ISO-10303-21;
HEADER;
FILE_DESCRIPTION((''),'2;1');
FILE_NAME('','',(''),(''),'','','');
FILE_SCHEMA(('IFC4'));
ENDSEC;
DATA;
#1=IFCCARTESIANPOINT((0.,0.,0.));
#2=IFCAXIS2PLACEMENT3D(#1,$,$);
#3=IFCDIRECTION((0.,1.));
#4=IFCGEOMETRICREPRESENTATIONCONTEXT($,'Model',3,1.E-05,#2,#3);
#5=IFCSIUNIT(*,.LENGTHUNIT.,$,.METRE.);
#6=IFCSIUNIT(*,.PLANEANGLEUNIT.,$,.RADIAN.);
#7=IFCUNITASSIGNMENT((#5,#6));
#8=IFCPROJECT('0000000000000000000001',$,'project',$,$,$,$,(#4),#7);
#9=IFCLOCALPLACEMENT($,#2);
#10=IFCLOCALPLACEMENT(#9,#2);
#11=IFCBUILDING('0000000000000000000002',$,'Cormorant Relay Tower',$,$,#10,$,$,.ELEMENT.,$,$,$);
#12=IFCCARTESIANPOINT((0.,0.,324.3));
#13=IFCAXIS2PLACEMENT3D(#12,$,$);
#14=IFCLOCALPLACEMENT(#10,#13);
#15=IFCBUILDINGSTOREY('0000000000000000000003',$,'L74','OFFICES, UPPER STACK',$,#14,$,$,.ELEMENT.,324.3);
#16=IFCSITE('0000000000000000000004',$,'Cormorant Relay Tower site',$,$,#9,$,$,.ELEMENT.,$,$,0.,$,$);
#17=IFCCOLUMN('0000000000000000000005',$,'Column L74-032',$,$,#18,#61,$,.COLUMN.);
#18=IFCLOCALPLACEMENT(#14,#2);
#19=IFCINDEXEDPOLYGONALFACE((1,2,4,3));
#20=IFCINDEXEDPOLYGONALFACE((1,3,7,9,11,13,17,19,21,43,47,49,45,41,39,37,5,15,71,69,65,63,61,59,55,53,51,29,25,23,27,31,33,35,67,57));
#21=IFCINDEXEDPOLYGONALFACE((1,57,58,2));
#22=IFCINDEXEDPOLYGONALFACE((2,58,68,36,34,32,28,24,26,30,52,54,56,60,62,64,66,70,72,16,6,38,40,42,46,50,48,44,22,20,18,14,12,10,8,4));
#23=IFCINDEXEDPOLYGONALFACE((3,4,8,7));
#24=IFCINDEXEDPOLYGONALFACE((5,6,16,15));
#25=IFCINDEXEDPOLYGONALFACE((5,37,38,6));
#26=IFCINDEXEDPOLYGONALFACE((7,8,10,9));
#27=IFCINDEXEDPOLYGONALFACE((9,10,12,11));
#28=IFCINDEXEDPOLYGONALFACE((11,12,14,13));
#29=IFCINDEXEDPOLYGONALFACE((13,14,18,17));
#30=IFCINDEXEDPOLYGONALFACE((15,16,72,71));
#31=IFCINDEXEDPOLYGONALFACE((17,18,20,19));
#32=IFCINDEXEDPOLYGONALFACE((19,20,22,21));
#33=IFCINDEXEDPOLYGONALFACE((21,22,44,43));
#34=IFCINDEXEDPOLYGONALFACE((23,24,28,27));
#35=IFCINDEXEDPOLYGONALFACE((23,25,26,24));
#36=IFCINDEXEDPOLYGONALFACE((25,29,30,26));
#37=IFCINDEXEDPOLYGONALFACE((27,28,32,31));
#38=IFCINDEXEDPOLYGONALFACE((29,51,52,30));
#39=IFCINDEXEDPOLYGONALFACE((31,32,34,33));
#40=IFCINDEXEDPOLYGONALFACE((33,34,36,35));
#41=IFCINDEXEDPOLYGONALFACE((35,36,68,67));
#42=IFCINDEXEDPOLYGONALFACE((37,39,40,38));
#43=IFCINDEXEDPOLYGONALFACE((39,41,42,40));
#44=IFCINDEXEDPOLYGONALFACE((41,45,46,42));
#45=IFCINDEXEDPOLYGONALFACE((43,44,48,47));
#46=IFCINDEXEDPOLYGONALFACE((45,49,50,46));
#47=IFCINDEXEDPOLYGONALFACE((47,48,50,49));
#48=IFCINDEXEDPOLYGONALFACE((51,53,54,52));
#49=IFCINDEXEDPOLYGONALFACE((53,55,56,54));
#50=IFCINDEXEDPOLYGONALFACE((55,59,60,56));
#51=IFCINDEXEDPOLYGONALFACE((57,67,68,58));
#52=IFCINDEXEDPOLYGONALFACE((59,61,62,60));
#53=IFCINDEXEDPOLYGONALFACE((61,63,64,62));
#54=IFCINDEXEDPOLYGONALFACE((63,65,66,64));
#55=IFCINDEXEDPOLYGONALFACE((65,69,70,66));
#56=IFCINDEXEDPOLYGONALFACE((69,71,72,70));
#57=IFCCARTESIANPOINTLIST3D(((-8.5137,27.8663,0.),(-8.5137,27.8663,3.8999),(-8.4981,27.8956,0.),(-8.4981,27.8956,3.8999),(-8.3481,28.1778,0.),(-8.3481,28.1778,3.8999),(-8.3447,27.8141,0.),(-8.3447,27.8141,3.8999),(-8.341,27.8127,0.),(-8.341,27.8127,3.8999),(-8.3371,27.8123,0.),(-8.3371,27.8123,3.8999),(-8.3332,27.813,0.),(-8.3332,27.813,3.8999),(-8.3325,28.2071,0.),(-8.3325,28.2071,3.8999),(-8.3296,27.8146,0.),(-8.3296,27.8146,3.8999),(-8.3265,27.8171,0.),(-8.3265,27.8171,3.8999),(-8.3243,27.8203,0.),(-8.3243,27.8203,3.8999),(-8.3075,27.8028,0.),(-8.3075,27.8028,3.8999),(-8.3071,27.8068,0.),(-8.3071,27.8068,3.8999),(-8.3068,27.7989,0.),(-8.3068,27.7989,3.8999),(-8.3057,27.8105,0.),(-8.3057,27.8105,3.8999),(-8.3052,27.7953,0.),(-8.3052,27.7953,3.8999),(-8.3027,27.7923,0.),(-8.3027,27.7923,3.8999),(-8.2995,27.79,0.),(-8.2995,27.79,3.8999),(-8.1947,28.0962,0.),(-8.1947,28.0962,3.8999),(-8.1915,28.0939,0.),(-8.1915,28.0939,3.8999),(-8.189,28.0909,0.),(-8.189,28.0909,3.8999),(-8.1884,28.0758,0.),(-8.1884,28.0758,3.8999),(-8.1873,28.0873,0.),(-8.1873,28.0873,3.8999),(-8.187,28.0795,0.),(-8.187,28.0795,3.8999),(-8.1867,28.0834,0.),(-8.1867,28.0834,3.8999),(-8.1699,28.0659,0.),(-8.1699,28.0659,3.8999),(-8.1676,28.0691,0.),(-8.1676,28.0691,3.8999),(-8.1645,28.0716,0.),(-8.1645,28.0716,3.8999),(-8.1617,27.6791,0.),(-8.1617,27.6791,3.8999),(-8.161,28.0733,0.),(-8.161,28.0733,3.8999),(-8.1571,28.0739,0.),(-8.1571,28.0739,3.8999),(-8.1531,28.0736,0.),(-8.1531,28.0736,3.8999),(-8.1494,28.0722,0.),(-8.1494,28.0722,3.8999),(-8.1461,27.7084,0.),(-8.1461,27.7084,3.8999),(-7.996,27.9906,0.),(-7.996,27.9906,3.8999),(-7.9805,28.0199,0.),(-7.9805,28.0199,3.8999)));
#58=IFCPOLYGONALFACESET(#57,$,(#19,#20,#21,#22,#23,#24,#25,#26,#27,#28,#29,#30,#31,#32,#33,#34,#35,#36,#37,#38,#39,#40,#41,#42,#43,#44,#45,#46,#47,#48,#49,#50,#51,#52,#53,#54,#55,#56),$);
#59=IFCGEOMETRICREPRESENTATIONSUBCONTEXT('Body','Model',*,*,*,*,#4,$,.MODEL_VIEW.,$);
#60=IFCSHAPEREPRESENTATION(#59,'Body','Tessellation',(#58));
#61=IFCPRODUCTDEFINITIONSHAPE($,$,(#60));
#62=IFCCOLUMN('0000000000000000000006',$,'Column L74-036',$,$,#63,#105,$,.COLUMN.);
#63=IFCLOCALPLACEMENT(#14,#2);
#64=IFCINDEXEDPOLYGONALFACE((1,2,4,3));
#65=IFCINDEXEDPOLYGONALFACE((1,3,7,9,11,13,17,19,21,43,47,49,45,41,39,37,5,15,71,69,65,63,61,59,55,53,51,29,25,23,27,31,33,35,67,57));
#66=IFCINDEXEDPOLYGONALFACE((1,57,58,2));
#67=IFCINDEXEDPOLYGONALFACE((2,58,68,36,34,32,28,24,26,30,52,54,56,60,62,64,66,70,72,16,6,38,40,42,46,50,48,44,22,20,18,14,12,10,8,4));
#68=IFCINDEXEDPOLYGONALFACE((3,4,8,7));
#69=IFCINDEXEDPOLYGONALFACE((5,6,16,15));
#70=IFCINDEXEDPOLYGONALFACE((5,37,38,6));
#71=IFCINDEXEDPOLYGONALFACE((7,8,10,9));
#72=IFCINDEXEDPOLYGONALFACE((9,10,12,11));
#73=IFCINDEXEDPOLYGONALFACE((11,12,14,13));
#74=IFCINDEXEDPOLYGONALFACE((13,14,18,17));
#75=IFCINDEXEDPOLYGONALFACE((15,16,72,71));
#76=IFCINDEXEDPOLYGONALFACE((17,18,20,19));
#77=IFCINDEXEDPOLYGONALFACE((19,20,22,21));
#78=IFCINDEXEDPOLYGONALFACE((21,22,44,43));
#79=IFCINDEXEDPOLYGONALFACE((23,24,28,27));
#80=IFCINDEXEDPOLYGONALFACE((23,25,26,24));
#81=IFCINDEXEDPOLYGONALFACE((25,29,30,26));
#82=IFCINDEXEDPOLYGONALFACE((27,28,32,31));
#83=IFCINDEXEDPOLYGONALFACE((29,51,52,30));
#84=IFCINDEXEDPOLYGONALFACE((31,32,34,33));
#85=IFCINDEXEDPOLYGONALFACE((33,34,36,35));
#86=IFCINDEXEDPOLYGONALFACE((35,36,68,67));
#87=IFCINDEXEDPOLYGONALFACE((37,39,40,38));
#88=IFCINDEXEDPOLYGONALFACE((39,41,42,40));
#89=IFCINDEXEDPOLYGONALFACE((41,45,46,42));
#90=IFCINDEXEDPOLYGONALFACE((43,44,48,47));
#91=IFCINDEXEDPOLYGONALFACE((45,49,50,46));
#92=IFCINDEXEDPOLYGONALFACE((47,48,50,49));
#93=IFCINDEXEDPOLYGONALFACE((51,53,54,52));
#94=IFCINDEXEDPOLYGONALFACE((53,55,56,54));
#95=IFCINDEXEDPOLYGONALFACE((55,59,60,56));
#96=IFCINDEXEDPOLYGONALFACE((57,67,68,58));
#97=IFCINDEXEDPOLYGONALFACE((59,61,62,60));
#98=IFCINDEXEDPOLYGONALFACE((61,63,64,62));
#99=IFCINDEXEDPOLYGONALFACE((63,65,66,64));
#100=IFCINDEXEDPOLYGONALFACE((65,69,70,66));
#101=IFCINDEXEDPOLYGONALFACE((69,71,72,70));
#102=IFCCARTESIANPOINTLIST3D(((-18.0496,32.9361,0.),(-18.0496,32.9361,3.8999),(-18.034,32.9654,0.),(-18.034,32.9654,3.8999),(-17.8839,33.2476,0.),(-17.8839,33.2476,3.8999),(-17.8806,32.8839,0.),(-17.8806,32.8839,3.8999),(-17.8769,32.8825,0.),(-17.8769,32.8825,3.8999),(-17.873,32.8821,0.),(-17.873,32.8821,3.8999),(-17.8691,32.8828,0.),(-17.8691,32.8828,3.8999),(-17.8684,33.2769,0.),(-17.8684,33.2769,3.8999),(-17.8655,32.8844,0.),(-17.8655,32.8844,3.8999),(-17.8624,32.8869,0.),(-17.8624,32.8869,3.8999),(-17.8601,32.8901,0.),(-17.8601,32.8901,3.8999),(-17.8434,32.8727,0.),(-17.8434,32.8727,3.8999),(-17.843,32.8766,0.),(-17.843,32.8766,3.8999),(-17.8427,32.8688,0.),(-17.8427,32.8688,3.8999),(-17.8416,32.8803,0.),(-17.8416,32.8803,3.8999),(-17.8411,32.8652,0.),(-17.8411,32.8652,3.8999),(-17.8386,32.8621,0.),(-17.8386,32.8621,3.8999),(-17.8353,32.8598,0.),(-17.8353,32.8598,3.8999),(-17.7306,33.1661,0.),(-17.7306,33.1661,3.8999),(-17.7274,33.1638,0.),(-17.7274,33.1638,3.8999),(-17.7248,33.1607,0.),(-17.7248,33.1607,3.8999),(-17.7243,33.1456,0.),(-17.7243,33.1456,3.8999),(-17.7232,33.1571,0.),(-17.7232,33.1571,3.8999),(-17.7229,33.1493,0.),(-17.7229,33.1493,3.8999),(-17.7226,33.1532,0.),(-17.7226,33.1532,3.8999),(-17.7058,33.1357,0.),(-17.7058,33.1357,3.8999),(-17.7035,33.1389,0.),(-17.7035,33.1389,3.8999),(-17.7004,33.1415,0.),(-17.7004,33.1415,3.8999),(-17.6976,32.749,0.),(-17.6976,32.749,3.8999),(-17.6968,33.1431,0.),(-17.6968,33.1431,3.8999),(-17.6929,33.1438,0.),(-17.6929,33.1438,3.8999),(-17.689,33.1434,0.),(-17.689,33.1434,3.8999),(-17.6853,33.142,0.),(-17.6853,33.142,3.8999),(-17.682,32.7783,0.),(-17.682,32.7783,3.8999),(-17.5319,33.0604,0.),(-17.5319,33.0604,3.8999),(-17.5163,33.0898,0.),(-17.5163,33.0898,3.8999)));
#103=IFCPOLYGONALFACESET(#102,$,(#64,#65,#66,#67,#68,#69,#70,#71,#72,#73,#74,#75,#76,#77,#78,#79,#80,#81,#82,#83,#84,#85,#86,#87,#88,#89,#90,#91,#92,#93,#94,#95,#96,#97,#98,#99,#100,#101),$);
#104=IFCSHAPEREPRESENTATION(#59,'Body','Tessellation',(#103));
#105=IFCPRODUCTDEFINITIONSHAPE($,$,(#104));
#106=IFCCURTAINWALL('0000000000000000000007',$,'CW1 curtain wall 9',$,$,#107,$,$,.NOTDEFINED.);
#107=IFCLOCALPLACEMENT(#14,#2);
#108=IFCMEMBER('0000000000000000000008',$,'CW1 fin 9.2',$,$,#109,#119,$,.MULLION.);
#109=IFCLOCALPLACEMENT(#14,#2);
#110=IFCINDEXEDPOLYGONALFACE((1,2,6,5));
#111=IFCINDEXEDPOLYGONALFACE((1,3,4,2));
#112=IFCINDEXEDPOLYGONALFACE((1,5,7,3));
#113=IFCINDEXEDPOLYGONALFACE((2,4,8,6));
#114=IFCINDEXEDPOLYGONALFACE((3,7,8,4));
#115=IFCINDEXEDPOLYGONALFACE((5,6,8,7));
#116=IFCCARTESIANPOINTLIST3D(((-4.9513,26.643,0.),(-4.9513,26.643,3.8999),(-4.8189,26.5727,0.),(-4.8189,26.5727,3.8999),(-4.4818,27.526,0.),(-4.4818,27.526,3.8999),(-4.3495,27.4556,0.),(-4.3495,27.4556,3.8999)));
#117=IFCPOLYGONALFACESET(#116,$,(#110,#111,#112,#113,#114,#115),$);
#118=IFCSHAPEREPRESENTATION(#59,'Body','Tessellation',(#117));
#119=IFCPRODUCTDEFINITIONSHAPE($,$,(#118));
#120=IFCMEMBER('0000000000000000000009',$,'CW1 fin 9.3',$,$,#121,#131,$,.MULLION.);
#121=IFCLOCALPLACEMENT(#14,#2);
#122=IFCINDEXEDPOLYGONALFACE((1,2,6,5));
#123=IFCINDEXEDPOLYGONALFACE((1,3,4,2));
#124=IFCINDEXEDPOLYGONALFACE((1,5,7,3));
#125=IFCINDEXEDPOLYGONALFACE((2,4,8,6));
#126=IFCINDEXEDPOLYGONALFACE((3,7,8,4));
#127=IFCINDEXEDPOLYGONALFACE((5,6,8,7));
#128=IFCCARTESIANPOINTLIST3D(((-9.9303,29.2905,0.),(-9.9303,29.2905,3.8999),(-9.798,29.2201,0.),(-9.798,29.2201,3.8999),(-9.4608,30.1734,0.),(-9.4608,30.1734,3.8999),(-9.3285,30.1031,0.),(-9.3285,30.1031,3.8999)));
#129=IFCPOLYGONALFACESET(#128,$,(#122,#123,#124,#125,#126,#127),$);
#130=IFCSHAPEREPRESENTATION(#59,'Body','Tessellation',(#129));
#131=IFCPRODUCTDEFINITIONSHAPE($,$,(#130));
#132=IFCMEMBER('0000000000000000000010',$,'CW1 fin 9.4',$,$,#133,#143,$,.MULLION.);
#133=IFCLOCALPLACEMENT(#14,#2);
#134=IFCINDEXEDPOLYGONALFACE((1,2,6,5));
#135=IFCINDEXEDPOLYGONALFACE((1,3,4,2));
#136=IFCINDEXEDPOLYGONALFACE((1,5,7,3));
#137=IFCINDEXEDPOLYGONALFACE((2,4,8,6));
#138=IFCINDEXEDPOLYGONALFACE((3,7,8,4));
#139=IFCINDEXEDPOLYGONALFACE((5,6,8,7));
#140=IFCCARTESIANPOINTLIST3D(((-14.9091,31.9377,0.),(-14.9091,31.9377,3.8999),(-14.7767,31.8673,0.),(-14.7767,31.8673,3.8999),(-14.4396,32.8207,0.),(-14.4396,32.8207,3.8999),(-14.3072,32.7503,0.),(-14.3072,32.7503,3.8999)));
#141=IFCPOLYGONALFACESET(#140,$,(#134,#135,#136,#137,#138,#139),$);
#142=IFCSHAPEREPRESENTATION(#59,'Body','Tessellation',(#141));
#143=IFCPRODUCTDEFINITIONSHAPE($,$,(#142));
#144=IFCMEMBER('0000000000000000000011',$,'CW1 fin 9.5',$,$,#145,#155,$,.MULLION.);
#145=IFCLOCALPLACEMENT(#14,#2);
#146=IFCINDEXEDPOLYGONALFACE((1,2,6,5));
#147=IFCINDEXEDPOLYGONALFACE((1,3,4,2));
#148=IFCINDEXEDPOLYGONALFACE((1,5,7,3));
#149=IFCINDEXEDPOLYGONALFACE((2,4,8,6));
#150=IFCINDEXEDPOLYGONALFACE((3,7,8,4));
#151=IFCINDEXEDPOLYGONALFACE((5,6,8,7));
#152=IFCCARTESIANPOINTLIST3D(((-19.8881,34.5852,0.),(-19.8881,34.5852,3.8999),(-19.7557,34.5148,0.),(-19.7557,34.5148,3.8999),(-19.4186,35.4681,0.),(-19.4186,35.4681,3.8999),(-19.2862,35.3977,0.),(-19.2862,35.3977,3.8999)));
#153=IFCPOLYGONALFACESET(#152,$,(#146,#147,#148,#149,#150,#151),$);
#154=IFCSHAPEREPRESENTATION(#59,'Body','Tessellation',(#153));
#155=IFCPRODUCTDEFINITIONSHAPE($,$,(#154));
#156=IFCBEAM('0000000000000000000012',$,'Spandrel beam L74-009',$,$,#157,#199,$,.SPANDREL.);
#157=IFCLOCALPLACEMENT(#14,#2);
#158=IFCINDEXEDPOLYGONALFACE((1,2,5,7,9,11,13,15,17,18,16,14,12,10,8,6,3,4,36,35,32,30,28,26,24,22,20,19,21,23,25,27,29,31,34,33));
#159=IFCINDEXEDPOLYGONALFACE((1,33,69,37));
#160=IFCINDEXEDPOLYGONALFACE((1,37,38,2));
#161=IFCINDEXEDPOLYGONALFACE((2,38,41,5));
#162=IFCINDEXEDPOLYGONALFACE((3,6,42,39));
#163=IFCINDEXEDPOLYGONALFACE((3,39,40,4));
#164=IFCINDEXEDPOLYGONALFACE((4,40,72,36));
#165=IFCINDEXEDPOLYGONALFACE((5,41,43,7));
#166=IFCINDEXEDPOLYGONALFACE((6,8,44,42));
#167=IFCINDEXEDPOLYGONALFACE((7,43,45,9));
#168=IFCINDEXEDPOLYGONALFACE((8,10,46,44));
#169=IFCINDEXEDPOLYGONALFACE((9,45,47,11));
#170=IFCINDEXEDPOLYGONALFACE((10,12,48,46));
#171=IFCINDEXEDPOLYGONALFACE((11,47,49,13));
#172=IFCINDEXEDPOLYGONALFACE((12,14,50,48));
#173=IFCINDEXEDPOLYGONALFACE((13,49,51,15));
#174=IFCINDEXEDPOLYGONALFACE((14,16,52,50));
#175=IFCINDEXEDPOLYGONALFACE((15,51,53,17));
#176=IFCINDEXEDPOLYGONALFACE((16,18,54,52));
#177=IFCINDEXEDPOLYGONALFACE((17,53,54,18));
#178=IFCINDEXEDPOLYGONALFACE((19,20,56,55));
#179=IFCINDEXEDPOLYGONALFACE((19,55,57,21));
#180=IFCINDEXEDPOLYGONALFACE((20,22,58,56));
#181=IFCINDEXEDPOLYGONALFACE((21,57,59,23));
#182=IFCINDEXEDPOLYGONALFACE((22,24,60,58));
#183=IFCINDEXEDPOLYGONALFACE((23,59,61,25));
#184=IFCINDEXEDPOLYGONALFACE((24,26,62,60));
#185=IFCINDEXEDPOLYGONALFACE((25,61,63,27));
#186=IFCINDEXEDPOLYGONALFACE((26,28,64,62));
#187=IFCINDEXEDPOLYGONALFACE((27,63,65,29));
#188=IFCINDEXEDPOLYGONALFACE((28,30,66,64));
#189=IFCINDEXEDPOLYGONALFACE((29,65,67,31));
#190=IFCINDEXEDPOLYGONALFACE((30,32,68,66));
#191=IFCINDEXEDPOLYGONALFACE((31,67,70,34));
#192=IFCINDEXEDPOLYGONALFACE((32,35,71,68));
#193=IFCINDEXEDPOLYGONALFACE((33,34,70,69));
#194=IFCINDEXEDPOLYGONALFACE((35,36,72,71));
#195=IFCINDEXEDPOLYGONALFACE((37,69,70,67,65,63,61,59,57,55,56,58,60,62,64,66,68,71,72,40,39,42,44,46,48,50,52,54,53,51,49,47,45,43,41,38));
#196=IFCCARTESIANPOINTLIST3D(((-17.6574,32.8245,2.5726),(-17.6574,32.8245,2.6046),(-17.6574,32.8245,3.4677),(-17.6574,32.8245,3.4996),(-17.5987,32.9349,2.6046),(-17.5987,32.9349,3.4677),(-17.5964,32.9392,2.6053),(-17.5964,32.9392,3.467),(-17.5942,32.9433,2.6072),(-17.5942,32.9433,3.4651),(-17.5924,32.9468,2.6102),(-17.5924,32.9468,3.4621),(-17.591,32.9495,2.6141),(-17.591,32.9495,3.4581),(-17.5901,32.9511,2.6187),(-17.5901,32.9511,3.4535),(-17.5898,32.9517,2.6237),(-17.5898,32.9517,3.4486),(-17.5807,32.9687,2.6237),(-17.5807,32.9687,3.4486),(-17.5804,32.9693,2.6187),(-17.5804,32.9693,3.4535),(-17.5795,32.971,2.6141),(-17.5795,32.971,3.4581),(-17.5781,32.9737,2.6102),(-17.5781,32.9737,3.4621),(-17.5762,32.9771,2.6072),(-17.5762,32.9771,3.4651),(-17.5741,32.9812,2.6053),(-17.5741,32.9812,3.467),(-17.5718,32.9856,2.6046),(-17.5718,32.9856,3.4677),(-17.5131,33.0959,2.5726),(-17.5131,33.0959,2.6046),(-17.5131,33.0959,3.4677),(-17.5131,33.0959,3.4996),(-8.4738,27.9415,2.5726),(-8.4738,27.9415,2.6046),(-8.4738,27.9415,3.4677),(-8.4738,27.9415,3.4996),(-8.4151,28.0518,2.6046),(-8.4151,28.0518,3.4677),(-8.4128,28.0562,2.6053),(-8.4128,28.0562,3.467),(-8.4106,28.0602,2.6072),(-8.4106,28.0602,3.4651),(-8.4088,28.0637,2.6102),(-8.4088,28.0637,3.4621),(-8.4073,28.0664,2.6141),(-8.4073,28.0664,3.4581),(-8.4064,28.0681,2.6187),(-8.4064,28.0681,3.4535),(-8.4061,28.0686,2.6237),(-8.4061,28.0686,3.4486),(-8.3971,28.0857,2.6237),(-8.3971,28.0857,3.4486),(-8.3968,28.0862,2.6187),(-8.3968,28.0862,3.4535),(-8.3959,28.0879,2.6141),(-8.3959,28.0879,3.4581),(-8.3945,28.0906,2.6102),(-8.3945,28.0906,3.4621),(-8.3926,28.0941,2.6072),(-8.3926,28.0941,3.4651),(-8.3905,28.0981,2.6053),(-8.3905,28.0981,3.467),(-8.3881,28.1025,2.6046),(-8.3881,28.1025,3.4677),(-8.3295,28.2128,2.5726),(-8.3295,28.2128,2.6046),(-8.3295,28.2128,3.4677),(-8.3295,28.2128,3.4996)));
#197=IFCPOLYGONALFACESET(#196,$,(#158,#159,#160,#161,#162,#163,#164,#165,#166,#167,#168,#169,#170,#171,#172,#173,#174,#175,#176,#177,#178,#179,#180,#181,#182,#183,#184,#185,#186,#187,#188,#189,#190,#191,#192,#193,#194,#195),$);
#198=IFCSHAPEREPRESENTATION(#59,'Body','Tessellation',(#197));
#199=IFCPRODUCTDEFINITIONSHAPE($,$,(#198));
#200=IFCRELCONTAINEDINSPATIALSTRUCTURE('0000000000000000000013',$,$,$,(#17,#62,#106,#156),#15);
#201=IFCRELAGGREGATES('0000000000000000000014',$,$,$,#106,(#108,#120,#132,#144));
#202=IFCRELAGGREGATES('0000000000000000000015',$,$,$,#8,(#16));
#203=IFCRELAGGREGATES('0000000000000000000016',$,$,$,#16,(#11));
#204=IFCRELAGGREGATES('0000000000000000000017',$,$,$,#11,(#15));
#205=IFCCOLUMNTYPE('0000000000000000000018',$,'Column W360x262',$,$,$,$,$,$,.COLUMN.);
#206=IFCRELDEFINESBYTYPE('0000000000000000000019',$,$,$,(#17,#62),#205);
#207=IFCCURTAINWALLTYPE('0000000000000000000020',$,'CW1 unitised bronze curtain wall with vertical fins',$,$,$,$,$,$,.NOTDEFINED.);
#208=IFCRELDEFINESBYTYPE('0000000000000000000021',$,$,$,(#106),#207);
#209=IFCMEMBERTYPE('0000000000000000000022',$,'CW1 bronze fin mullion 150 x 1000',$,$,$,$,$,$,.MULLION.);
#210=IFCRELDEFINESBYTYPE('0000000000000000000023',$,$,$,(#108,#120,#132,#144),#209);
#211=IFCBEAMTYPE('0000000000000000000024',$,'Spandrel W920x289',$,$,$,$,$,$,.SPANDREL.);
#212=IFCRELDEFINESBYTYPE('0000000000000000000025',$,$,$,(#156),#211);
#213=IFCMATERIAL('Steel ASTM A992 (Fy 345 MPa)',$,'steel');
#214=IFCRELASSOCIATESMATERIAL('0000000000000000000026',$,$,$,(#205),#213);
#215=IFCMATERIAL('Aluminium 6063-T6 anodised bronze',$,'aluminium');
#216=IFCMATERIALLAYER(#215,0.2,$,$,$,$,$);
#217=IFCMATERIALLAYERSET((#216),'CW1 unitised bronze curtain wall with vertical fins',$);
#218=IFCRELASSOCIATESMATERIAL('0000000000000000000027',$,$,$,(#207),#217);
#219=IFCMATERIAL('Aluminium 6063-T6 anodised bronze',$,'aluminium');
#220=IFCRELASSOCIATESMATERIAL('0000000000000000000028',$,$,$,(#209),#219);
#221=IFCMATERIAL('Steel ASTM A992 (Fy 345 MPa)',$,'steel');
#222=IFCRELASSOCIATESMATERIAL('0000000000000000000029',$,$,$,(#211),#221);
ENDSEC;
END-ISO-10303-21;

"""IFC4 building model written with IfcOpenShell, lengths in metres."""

from ifc_helpers import new_model, si_unit, direction, frame, origin, origin_2d, place, context, subcontext, project, spatial, rectangle, i_section, extrude, material, layer, layer_set, material_profile, profile_set, type_object, element, aggregate, save


model = new_model("IFC4")

# Units and contexts
model_context = context("Model", 3, precision=1e-05, world=origin(), true_north=direction((0.0, 1.0)))
body_context = subcontext(model_context, "Body", "Model", "MODEL_VIEW")
ifc_project = project(units=[si_unit("LENGTHUNIT", "METRE"), si_unit("PLANEANGLEUNIT", "RADIAN")], contexts=[model_context])

# Site, building, storey
site_placement = place(None, origin())
site = spatial("IfcSite", under=ifc_project, at=site_placement, Name="Cormorant Relay Tower site", CompositionType="ELEMENT", RefElevation=0.0)
building_placement = place(site_placement, origin())
building = spatial("IfcBuilding", under=site, at=building_placement, Name="Cormorant Relay Tower", CompositionType="ELEMENT")
storey_placement = place(building_placement, frame((0.0, 0.0, 324.3)))
storey = spatial("IfcBuildingStorey", under=building, at=storey_placement, Name="L74", Description="OFFICES, UPPER STACK", CompositionType="ELEMENT", Elevation=324.3)

# Columns
ifc_material_1 = material(Name="Steel ASTM A992 (Fy 345 MPa)", Category="steel")
ifc_material_profile_1 = material_profile(ifc_material_1, i_section(OverallWidth=0.3987, OverallDepth=0.386, WebThickness=0.021, FlangeThickness=0.0332, FilletRadius=0.0151, at=origin_2d()), Name="W360x262")
ifc_profile_set_1 = profile_set([ifc_material_profile_1], Name="Steel ASTM A992 (Fy 345 MPa)")
column_type = type_object("IfcColumnType", Name="Column W360x262", PredefinedType="COLUMN", material=ifc_profile_set_1)
for number, where, z_axis, x_axis, name in (
    (1, (-8.2471, 27.9431, 0.0), (0.0, 0.0, 1.0), (-0.882948, 0.469472, 0.0), "Column L74-032"),
    (2, (-17.783, 33.0129, 0.0), (0.0, 0.0, 1.0), (-0.882948, 0.469472, 0.0), "Column L74-036"),
):
    element("IfcColumn", number, at=place(storey_placement, frame(where, z_axis=z_axis, x_axis=x_axis)), inside=storey, type_object=column_type, Name=name, PredefinedType="COLUMN", context=body_context, shape_type="SweptSolid", body=[
        extrude(i_section(OverallWidth=0.3987, OverallDepth=0.386, WebThickness=0.021, FlangeThickness=0.0332, FilletRadius=0.0151, at=origin_2d()), origin(), (0.0, 0.0, 1.0), 3.8999),
    ])

# Curtain wall, members
ifc_material_2 = material(Name="Aluminium 6063-T6 anodised bronze", Category="aluminium")
ifc_layer_1 = layer(ifc_material_2, 0.2)
ifc_layer_set_1 = layer_set([ifc_layer_1], Name="CW1 unitised bronze curtain wall with vertical fins")
curtain_wall_type = type_object("IfcCurtainWallType", Name="CW1 unitised bronze curtain wall with vertical fins", PredefinedType="NOTDEFINED", material=ifc_layer_set_1)
curtain_wall_placement = place(storey_placement, origin())
curtain_wall = element("IfcCurtainWall", 3, at=curtain_wall_placement, inside=storey, type_object=curtain_wall_type, Name="CW1 curtain wall 9", PredefinedType="NOTDEFINED")
ifc_material_3 = material(Name="Aluminium 6063-T6 anodised bronze", Category="aluminium")
ifc_material_profile_2 = material_profile(ifc_material_3, rectangle(XDim=0.1499, YDim=1.0, at=origin_2d()), Name="AL 150x1000")
ifc_profile_set_2 = profile_set([ifc_material_profile_2], Name="Aluminium 6063-T6 anodised bronze")
member_type = type_object("IfcMemberType", Name="CW1 bronze fin mullion 150 x 1000", PredefinedType="MULLION", material=ifc_profile_set_2)
member_1_placement = place(storey_placement, frame((-4.6504, 27.0493, 0.0), z_axis=(0.0, 0.0, 1.0), x_axis=(-0.882948, 0.469472, 0.0)))
member_1 = element("IfcMember", 4, at=member_1_placement, type_object=member_type, Name="CW1 fin 9.2", PredefinedType="MULLION", context=body_context, shape_type="SweptSolid", body=[
    extrude(rectangle(XDim=0.1499, YDim=1.0, at=origin_2d()), origin(), (0.0, 0.0, 1.0), 3.8999),
])
member_2_placement = place(storey_placement, frame((-9.6294, 29.6968, 0.0), z_axis=(0.0, 0.0, 1.0), x_axis=(-0.882948, 0.469472, 0.0)))
member_2 = element("IfcMember", 5, at=member_2_placement, type_object=member_type, Name="CW1 fin 9.3", PredefinedType="MULLION", context=body_context, shape_type="SweptSolid", body=[
    extrude(rectangle(XDim=0.1499, YDim=1.0, at=origin_2d()), origin(), (0.0, 0.0, 1.0), 3.8999),
])
member_3_placement = place(storey_placement, frame((-14.6082, 32.344, 0.0), z_axis=(0.0, 0.0, 1.0), x_axis=(-0.882948, 0.469472, 0.0)))
member_3 = element("IfcMember", 6, at=member_3_placement, type_object=member_type, Name="CW1 fin 9.4", PredefinedType="MULLION", context=body_context, shape_type="SweptSolid", body=[
    extrude(rectangle(XDim=0.1499, YDim=1.0, at=origin_2d()), origin(), (0.0, 0.0, 1.0), 3.8999),
])
member_4_placement = place(storey_placement, frame((-19.5872, 34.9915, 0.0), z_axis=(0.0, 0.0, 1.0), x_axis=(-0.882948, 0.469472, 0.0)))
member_4 = element("IfcMember", 7, at=member_4_placement, type_object=member_type, Name="CW1 fin 9.5", PredefinedType="MULLION", context=body_context, shape_type="SweptSolid", body=[
    extrude(rectangle(XDim=0.1499, YDim=1.0, at=origin_2d()), origin(), (0.0, 0.0, 1.0), 3.8999),
])

# Beam
ifc_material_4 = material(Name="Steel ASTM A992 (Fy 345 MPa)", Category="steel")
ifc_material_profile_3 = material_profile(ifc_material_4, i_section(OverallWidth=0.3074, OverallDepth=0.927, WebThickness=0.0193, FlangeThickness=0.032, FilletRadius=0.019, at=origin_2d()), Name="W920x289")
ifc_profile_set_3 = profile_set([ifc_material_profile_3], Name="Steel ASTM A992 (Fy 345 MPa)")
beam_type = type_object("IfcBeamType", Name="Spandrel W920x289", PredefinedType="SPANDREL", material=ifc_profile_set_3)
beam_placement = place(storey_placement, frame((-8.4016, 28.0771, 3.0361), z_axis=(-0.882945, 0.469476, 0.0), x_axis=(-0.469476, -0.882945, 0.0)))
element("IfcBeam", 8, at=beam_placement, inside=storey, type_object=beam_type, Name="Spandrel beam L74-009", PredefinedType="SPANDREL", context=body_context, shape_type="SweptSolid", body=[
    extrude(i_section(OverallWidth=0.3074, OverallDepth=0.927, WebThickness=0.0193, FlangeThickness=0.032, FilletRadius=0.019, at=origin_2d()), origin(), (0.0, 0.0, 1.0), 10.4011),
])

aggregate(curtain_wall, [member_1, member_2, member_3, member_4])

save(model, "model.ifc")
